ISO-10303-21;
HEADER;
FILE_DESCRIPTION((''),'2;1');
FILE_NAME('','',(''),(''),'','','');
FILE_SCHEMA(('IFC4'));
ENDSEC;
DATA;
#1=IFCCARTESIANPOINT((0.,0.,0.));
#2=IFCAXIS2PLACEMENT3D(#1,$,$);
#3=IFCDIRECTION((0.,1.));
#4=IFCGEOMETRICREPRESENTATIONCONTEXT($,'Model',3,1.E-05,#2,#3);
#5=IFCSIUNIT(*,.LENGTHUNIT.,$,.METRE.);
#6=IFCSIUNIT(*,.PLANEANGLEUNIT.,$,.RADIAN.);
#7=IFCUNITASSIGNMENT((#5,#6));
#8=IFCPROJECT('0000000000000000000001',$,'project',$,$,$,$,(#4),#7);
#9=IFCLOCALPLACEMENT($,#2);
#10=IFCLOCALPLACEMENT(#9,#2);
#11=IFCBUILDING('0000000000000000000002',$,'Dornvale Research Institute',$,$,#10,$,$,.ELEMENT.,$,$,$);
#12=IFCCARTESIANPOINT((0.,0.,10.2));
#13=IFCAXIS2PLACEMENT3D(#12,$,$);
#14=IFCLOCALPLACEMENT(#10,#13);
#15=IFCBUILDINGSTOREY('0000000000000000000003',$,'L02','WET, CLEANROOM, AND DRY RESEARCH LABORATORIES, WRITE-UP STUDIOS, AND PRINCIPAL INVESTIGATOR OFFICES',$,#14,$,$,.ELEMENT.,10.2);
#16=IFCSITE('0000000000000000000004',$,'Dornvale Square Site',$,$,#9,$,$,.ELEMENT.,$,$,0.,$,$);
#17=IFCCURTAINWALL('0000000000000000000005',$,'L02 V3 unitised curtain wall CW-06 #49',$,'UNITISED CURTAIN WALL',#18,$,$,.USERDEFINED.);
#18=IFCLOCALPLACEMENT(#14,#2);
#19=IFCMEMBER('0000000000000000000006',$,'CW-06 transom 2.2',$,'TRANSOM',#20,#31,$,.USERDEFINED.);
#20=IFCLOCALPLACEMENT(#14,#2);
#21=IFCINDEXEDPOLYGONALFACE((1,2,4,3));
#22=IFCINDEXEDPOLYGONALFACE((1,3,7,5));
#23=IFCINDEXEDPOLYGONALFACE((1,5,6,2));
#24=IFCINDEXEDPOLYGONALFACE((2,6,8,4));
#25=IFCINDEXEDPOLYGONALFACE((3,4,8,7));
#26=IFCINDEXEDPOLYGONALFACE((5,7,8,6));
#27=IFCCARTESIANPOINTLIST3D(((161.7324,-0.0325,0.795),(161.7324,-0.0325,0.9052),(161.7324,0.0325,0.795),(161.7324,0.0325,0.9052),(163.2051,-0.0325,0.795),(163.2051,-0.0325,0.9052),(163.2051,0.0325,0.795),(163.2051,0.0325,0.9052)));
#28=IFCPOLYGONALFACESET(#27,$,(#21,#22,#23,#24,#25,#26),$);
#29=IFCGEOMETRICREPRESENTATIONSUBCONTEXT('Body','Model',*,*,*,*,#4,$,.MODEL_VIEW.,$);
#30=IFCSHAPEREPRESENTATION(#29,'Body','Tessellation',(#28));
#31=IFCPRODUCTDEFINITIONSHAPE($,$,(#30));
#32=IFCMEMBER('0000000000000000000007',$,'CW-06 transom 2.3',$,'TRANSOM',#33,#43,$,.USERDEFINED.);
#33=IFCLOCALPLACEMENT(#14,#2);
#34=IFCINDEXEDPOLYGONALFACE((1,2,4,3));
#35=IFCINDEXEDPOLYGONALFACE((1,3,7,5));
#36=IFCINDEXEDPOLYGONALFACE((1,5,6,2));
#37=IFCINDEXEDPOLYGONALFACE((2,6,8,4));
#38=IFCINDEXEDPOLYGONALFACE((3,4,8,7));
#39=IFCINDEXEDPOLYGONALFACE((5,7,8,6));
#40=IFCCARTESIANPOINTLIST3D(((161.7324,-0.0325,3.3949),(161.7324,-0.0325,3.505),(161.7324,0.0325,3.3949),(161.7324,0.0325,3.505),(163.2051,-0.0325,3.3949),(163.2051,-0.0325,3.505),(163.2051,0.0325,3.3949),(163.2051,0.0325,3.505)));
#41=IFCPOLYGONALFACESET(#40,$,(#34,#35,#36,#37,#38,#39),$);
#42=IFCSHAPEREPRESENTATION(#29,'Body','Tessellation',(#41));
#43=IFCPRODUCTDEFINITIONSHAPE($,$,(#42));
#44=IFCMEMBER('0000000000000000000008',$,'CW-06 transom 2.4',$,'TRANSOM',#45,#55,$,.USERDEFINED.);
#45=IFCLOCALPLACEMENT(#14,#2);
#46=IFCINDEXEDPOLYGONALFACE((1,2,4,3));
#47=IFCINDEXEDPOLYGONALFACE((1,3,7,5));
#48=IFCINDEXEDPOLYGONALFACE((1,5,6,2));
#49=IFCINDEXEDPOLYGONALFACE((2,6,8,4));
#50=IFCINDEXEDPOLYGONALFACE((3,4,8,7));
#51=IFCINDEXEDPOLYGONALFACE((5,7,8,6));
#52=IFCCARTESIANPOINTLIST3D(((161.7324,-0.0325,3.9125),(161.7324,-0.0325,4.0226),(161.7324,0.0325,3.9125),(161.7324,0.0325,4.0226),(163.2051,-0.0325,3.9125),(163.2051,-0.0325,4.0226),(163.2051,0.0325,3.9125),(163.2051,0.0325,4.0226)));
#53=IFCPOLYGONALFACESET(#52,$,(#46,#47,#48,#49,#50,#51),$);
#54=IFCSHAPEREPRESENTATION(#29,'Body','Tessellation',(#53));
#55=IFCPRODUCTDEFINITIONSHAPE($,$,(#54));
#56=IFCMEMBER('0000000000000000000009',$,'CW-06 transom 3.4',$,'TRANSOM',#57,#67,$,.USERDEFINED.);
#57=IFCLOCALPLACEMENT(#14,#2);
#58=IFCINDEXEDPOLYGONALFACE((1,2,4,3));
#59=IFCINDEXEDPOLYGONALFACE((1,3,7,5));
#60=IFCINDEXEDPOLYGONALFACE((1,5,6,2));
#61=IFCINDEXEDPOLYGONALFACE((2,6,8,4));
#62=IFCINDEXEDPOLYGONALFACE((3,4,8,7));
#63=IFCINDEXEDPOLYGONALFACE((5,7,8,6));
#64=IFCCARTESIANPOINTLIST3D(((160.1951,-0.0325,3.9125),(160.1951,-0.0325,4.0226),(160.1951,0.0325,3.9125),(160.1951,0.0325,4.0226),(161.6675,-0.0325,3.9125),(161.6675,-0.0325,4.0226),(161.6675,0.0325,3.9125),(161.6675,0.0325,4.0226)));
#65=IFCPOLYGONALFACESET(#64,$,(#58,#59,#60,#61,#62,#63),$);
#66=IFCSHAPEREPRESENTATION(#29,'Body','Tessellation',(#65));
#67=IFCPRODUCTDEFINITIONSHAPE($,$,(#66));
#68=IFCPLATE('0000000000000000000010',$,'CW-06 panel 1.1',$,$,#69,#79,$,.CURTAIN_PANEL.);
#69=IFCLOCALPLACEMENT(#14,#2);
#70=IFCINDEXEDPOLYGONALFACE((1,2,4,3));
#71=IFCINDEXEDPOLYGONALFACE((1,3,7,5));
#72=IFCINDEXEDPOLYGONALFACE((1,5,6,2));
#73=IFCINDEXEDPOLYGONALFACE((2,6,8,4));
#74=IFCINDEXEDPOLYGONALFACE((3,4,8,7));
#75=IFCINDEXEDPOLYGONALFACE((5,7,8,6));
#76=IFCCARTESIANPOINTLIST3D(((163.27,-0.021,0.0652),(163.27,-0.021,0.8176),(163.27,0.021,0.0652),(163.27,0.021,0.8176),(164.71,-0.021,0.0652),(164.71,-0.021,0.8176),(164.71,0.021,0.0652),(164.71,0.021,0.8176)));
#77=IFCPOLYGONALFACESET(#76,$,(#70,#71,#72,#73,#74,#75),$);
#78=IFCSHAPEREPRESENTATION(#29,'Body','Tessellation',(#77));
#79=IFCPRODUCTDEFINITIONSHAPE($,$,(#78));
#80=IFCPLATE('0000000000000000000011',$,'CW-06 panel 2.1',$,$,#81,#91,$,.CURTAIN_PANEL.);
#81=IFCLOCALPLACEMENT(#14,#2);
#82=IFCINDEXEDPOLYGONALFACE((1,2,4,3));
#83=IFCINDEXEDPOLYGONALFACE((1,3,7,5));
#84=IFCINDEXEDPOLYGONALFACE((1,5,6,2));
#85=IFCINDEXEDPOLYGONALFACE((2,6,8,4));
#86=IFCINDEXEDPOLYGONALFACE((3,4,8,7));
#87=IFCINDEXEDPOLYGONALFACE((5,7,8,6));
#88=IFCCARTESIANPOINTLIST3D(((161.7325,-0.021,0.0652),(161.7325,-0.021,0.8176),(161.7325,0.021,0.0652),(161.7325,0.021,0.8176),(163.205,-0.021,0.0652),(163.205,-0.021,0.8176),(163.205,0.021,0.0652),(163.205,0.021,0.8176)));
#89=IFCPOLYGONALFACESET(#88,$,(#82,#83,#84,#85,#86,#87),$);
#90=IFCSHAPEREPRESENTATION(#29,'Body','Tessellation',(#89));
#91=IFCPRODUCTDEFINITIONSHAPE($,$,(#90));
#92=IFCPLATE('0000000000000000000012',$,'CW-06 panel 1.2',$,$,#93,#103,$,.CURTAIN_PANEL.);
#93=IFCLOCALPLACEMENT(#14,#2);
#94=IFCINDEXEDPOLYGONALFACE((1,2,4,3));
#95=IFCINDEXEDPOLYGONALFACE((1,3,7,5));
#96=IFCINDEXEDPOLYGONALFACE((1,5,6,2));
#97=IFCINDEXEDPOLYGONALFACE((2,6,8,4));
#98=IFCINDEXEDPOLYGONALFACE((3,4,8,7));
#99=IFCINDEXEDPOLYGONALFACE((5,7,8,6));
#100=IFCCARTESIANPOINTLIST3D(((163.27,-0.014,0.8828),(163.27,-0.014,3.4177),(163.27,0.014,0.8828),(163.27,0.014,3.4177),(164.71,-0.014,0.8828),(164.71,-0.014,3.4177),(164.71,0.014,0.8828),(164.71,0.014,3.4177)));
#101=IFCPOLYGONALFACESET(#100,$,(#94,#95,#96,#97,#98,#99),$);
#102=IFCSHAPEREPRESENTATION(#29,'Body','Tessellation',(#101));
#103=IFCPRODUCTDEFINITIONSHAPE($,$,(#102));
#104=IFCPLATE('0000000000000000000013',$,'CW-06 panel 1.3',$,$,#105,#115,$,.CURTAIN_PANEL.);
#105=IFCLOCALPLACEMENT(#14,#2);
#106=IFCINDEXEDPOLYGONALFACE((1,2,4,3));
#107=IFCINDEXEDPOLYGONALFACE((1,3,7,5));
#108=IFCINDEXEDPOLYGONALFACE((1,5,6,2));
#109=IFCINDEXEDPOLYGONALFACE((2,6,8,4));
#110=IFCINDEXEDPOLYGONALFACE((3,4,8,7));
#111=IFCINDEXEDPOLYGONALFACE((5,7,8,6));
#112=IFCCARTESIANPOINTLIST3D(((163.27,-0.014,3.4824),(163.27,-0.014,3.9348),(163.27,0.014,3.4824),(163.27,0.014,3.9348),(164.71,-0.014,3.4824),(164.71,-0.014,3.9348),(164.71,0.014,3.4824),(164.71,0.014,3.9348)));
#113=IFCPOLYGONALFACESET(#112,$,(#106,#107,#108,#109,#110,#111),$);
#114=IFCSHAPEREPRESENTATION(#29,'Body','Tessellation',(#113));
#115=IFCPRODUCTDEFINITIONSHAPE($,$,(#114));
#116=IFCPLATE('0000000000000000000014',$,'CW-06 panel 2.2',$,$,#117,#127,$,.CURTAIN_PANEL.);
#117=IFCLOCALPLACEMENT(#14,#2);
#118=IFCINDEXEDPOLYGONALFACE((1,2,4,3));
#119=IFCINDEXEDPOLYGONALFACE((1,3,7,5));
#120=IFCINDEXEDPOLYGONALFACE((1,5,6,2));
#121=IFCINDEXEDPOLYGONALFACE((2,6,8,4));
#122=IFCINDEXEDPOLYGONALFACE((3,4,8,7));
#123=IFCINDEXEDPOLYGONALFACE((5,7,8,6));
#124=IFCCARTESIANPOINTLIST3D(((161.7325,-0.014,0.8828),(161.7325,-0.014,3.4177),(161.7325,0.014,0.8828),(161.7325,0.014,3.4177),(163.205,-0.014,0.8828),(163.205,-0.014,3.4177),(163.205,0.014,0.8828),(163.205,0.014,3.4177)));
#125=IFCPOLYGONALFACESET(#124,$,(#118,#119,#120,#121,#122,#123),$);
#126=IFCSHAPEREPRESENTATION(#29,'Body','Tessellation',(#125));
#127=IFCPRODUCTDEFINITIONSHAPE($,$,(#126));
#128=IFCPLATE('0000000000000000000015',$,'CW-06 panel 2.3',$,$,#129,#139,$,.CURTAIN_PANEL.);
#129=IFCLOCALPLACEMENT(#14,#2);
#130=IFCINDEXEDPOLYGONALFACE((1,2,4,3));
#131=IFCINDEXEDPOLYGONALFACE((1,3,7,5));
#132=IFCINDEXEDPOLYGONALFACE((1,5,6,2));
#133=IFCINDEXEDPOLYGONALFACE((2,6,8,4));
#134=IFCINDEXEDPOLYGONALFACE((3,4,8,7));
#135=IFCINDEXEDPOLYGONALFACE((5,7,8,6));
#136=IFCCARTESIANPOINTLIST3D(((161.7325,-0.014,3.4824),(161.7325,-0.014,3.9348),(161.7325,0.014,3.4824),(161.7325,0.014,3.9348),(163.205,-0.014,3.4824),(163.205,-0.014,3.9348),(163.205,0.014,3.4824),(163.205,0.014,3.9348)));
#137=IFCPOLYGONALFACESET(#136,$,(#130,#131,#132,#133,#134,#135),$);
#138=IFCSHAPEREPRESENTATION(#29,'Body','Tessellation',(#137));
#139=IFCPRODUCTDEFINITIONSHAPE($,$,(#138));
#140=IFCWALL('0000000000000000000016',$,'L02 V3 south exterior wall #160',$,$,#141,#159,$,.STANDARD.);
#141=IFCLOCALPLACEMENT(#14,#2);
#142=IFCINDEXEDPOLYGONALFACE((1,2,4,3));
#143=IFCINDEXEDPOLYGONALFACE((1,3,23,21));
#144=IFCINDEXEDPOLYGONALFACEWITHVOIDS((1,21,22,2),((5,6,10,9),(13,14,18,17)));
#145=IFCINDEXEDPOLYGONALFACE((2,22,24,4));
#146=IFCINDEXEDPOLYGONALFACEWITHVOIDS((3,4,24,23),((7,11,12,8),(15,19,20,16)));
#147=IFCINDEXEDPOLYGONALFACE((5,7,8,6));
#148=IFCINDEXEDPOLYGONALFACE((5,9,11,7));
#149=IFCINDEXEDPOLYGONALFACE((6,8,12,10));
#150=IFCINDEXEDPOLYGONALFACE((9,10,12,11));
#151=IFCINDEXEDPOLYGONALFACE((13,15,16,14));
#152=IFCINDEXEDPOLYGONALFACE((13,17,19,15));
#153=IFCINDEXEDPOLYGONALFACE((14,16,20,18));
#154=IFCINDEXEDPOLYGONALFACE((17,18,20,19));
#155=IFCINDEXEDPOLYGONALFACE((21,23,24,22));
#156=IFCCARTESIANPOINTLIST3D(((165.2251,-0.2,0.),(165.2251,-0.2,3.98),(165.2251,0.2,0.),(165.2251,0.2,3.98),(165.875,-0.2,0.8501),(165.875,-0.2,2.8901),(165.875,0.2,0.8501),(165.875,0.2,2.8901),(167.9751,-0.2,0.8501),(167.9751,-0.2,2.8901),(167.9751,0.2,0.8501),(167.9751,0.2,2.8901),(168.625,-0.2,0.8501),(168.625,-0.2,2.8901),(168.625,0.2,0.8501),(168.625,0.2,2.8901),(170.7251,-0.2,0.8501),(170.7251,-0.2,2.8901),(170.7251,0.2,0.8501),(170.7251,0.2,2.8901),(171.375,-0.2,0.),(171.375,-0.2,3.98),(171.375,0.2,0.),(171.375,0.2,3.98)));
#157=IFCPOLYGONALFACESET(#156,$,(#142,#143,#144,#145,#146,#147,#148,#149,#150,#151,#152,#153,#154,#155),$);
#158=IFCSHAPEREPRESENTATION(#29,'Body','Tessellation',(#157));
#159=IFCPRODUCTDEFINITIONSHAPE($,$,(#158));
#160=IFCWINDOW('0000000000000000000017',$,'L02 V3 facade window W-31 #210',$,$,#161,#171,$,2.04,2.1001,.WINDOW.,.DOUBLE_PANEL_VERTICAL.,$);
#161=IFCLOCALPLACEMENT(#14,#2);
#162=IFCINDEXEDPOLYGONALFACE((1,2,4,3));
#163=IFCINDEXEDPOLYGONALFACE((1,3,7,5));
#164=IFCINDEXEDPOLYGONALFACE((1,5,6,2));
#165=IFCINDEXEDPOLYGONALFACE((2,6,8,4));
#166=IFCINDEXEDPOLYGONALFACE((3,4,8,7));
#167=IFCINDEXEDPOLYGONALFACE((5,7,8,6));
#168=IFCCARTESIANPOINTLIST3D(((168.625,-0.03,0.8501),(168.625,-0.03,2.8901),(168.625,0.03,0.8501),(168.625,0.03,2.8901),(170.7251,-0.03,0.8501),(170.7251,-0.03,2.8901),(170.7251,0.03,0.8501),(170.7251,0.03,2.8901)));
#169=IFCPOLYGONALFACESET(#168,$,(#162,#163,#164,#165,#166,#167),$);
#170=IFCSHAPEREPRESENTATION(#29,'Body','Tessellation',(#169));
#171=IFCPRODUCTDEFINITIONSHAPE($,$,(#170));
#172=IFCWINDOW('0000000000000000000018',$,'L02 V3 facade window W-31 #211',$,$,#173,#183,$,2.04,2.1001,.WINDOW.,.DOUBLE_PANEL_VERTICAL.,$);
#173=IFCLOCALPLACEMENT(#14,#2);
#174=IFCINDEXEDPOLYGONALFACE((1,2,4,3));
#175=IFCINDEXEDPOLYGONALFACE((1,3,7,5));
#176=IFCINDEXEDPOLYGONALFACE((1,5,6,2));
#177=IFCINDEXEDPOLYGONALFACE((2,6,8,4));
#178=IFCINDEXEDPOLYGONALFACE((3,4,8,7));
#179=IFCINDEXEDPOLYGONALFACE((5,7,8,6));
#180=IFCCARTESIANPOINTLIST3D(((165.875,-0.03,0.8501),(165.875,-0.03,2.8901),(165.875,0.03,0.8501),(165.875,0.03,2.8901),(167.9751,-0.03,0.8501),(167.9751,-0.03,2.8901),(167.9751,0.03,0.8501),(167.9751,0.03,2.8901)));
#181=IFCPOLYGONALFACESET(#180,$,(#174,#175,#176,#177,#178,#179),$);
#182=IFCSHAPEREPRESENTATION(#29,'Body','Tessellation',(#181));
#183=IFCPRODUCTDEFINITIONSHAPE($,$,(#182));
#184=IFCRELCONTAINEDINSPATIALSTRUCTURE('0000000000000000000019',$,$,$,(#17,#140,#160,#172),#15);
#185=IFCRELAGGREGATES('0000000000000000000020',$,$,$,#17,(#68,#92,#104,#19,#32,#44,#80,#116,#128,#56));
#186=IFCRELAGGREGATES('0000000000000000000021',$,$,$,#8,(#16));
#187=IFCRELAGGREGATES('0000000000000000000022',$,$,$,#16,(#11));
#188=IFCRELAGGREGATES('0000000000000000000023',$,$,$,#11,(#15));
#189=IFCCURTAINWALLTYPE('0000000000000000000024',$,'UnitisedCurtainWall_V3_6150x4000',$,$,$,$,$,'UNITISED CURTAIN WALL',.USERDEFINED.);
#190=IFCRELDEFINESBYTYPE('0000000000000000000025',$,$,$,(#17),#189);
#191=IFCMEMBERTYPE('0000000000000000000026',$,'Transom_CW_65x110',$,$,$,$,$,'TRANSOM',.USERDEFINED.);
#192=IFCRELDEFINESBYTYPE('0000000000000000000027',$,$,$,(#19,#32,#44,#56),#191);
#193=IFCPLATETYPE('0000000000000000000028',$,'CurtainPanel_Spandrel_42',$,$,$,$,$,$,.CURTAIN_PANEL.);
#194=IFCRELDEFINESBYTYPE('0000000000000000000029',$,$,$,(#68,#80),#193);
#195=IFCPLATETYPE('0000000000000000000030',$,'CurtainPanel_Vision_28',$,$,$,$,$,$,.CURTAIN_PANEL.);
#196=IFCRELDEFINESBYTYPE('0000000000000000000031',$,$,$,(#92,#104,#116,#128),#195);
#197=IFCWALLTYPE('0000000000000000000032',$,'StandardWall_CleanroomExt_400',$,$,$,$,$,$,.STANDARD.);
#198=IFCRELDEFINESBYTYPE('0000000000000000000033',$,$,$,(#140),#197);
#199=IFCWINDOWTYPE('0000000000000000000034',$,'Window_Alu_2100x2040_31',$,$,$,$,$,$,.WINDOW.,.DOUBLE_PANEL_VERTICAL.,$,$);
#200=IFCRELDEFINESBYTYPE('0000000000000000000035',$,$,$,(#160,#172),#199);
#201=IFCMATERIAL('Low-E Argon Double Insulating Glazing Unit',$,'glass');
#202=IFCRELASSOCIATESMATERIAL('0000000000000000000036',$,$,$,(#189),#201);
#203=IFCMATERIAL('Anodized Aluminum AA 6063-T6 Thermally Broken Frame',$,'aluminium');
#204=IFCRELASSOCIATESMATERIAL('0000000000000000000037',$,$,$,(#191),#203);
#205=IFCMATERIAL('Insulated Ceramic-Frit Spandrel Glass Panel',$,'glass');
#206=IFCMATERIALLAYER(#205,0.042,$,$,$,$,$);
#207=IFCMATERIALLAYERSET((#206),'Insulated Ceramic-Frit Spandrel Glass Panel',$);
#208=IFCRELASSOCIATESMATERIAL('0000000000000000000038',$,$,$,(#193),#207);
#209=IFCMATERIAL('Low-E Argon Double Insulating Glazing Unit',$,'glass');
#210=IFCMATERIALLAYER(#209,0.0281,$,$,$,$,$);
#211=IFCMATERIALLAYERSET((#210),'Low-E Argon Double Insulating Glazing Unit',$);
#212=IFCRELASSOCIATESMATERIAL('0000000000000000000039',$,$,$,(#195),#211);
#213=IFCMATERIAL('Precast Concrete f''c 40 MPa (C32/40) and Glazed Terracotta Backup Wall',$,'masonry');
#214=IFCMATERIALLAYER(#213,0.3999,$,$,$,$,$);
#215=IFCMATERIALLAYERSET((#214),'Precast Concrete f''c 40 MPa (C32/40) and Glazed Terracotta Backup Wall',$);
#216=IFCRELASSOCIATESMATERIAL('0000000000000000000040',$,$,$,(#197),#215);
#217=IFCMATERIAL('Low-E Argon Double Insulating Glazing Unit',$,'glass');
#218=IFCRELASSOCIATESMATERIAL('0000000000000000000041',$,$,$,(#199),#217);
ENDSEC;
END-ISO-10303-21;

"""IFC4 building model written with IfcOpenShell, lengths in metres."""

from ifc_helpers import new_model, si_unit, direction, frame, frame_2d, origin, origin_2d, place, context, subcontext, project, spatial, rectangle, extrude, material, layer, layer_set, material_profile, profile_set, type_object, element, fill, aggregate, save


model = new_model("IFC4")

# Units and contexts
model_context = context("Model", 3, precision=1e-05, world=origin(), true_north=direction((0.0, 1.0)))
body_context = subcontext(model_context, "Body", "Model", "MODEL_VIEW")
ifc_project = project(units=[si_unit("LENGTHUNIT", "METRE"), si_unit("PLANEANGLEUNIT", "RADIAN")], contexts=[model_context])

# Site, building, storey
site_placement = place(None, origin())
site = spatial("IfcSite", under=ifc_project, at=site_placement, Name="Dornvale Square Site", CompositionType="ELEMENT", RefElevation=0.0)
building_placement = place(site_placement, origin())
building = spatial("IfcBuilding", under=site, at=building_placement, Name="Dornvale Research Institute", CompositionType="ELEMENT")
storey_placement = place(building_placement, frame((0.0, 0.0, 10.2)))
storey = spatial("IfcBuildingStorey", under=building, at=storey_placement, Name="L02", Description="WET, CLEANROOM, AND DRY RESEARCH LABORATORIES, WRITE-UP STUDIOS, AND PRINCIPAL INVESTIGATOR OFFICES", CompositionType="ELEMENT", Elevation=10.2)

# Curtain wall
ifc_material_1 = material(Name="Low-E Argon Double Insulating Glazing Unit", Category="glass")
curtain_wall_type_1 = type_object("IfcCurtainWallType", Name="UnitisedCurtainWall_V3_6150x4000", ElementType="UNITISED CURTAIN WALL", PredefinedType="USERDEFINED", material=ifc_material_1)
curtain_wall_1_placement = place(storey_placement, origin())
curtain_wall_1 = element("IfcCurtainWall", 1, at=curtain_wall_1_placement, inside=storey, type_object=curtain_wall_type_1, Name="L02 V3 unitised curtain wall CW-06 #49", ObjectType="UNITISED CURTAIN WALL", PredefinedType="USERDEFINED")

# Members
ifc_material_2 = material(Name="Anodized Aluminum AA 6063-T6 Thermally Broken Frame", Category="aluminium")
ifc_material_profile_1 = material_profile(ifc_material_2, rectangle(XDim=0.0649, YDim=0.1101, at=origin_2d()), Name="ALU TRANSOM 65x110")
ifc_profile_set_1 = profile_set([ifc_material_profile_1], Name="Anodized Aluminum AA 6063-T6 Thermally Broken Frame")
member_type_1 = type_object("IfcMemberType", Name="Transom_CW_65x110", ElementType="TRANSOM", PredefinedType="USERDEFINED", material=ifc_profile_set_1)
member_1_placement = place(storey_placement, frame((163.2051, 0.0, 0.8501), z_axis=(-1.0, 0.0, 0.0), x_axis=(0.0, -1.0, 0.0)))
member_1 = element("IfcMember", 2, at=member_1_placement, type_object=member_type_1, Name="CW-06 transom 2.2", ObjectType="TRANSOM", PredefinedType="USERDEFINED", context=body_context, shape_type="SweptSolid", body=[
    extrude(rectangle(XDim=0.0649, YDim=0.1101, at=origin_2d()), origin(), (0.0, 0.0, 1.0), 1.4727),
])
member_2_placement = place(storey_placement, frame((163.2051, 0.0, 3.45), z_axis=(-1.0, 0.0, 0.0), x_axis=(0.0, -1.0, 0.0)))
member_2 = element("IfcMember", 3, at=member_2_placement, type_object=member_type_1, Name="CW-06 transom 2.3", ObjectType="TRANSOM", PredefinedType="USERDEFINED", context=body_context, shape_type="SweptSolid", body=[
    extrude(rectangle(XDim=0.0649, YDim=0.1101, at=origin_2d()), origin(), (0.0, 0.0, 1.0), 1.4727),
])
member_3_placement = place(storey_placement, frame((163.2051, 0.0, 3.9675), z_axis=(-1.0, 0.0, 0.0), x_axis=(0.0, -1.0, 0.0)))
member_3 = element("IfcMember", 4, at=member_3_placement, type_object=member_type_1, Name="CW-06 transom 2.4", ObjectType="TRANSOM", PredefinedType="USERDEFINED", context=body_context, shape_type="SweptSolid", body=[
    extrude(rectangle(XDim=0.0649, YDim=0.1101, at=origin_2d()), origin(), (0.0, 0.0, 1.0), 1.4727),
])
member_4_placement = place(storey_placement, frame((161.6675, 0.0, 3.9675), z_axis=(-1.0, 0.0, 0.0), x_axis=(0.0, -1.0, 0.0)))
member_4 = element("IfcMember", 5, at=member_4_placement, type_object=member_type_1, Name="CW-06 transom 3.4", ObjectType="TRANSOM", PredefinedType="USERDEFINED", context=body_context, shape_type="SweptSolid", body=[
    extrude(rectangle(XDim=0.0649, YDim=0.1101, at=origin_2d()), origin(), (0.0, 0.0, 1.0), 1.4724),
])

# Plates
ifc_material_3 = material(Name="Insulated Ceramic-Frit Spandrel Glass Panel", Category="glass")
ifc_layer_1 = layer(ifc_material_3, 0.042)
ifc_layer_set_1 = layer_set([ifc_layer_1], Name="Insulated Ceramic-Frit Spandrel Glass Panel")
plate_type_1 = type_object("IfcPlateType", Name="CurtainPanel_Spandrel_42", PredefinedType="CURTAIN_PANEL", material=ifc_layer_set_1)
plate_1_placement = place(storey_placement, frame((163.99, 0.0, 0.0652), z_axis=(0.0, 0.0, 1.0), x_axis=(-1.0, 0.0, 0.0)))
plate_1 = element("IfcPlate", 6, at=plate_1_placement, type_object=plate_type_1, Name="CW-06 panel 1.1", PredefinedType="CURTAIN_PANEL", context=body_context, shape_type="SweptSolid", body=[
    extrude(rectangle(XDim=1.4399, YDim=0.042, at=origin_2d()), origin(), (0.0, 0.0, 1.0), 0.7524),
])
plate_2_placement = place(storey_placement, frame((162.4688, 0.0, 0.0652), z_axis=(0.0, 0.0, 1.0), x_axis=(-1.0, 0.0, 0.0)))
plate_2 = element("IfcPlate", 7, at=plate_2_placement, type_object=plate_type_1, Name="CW-06 panel 2.1", PredefinedType="CURTAIN_PANEL", context=body_context, shape_type="SweptSolid", body=[
    extrude(rectangle(XDim=1.4724, YDim=0.042, at=origin_2d()), origin(), (0.0, 0.0, 1.0), 0.7524),
])
ifc_material_4 = material(Name="Low-E Argon Double Insulating Glazing Unit", Category="glass")
ifc_layer_2 = layer(ifc_material_4, 0.0281)
ifc_layer_set_2 = layer_set([ifc_layer_2], Name="Low-E Argon Double Insulating Glazing Unit")
plate_type_2 = type_object("IfcPlateType", Name="CurtainPanel_Vision_28", PredefinedType="CURTAIN_PANEL", material=ifc_layer_set_2)
plate_3_placement = place(storey_placement, frame((163.99, 0.0, 0.8828), z_axis=(0.0, 0.0, 1.0), x_axis=(-1.0, 0.0, 0.0)))
plate_3 = element("IfcPlate", 8, at=plate_3_placement, type_object=plate_type_2, Name="CW-06 panel 1.2", PredefinedType="CURTAIN_PANEL", context=body_context, shape_type="SweptSolid", body=[
    extrude(rectangle(XDim=1.4399, YDim=0.0281, at=origin_2d()), origin(), (0.0, 0.0, 1.0), 2.5349),
])
plate_4_placement = place(storey_placement, frame((163.99, 0.0, 3.4824), z_axis=(0.0, 0.0, 1.0), x_axis=(-1.0, 0.0, 0.0)))
plate_4 = element("IfcPlate", 9, at=plate_4_placement, type_object=plate_type_2, Name="CW-06 panel 1.3", PredefinedType="CURTAIN_PANEL", context=body_context, shape_type="SweptSolid", body=[
    extrude(rectangle(XDim=1.4399, YDim=0.0281, at=origin_2d()), origin(), (0.0, 0.0, 1.0), 0.4524),
])
plate_5_placement = place(storey_placement, frame((162.4688, 0.0, 0.8828), z_axis=(0.0, 0.0, 1.0), x_axis=(-1.0, 0.0, 0.0)))
plate_5 = element("IfcPlate", 10, at=plate_5_placement, type_object=plate_type_2, Name="CW-06 panel 2.2", PredefinedType="CURTAIN_PANEL", context=body_context, shape_type="SweptSolid", body=[
    extrude(rectangle(XDim=1.4724, YDim=0.0281, at=origin_2d()), origin(), (0.0, 0.0, 1.0), 2.5349),
])
plate_6_placement = place(storey_placement, frame((162.4688, 0.0, 3.4824), z_axis=(0.0, 0.0, 1.0), x_axis=(-1.0, 0.0, 0.0)))
plate_6 = element("IfcPlate", 11, at=plate_6_placement, type_object=plate_type_2, Name="CW-06 panel 2.3", PredefinedType="CURTAIN_PANEL", context=body_context, shape_type="SweptSolid", body=[
    extrude(rectangle(XDim=1.4724, YDim=0.0281, at=origin_2d()), origin(), (0.0, 0.0, 1.0), 0.4524),
])
aggregate(curtain_wall_1, [plate_1, plate_3, plate_4, member_1, member_2, member_3, plate_2, plate_5, plate_6, member_4])

# Wall, openings, windows
ifc_material_5 = material(Name="Precast Concrete f'c 40 MPa (C32/40) and Glazed Terracotta Backup Wall", Category="masonry")
ifc_layer_3 = layer(ifc_material_5, 0.3999)
ifc_layer_set_3 = layer_set([ifc_layer_3], Name="Precast Concrete f'c 40 MPa (C32/40) and Glazed Terracotta Backup Wall")
wall_type = type_object("IfcWallType", Name="StandardWall_CleanroomExt_400", PredefinedType="STANDARD", material=ifc_layer_set_3)
wall_placement = place(storey_placement, frame((171.375, 0.0, 0.0), z_axis=(0.0, 0.0, 1.0), x_axis=(-1.0, 0.0, 0.0)))
wall = element("IfcWall", 12, at=wall_placement, inside=storey, type_object=wall_type, Name="L02 V3 south exterior wall #160", PredefinedType="STANDARD", context=body_context, shape_type="SweptSolid", body=[
    extrude(rectangle(XDim=6.1499, YDim=0.3999, at=frame_2d((3.075, 0.0))), origin(), (0.0, 0.0, 1.0), 3.98),
])
opening_1_placement = place(wall_placement, frame((0.6499, 0.0, 0.8501)))
opening_1 = element("IfcOpeningElement", 13, at=opening_1_placement, cuts=wall, PredefinedType="OPENING", context=body_context, shape_type="SweptSolid", body=[
    extrude(rectangle(XDim=2.1001, YDim=2.04, at=frame_2d((1.05, 1.02))), frame((0.0, 0.2148, 0.0), z_axis=(0.0, -1.0, 0.0), x_axis=(1.0, 0.0, 0.0)), (0.0, 0.0, 1.0), 0.4299),
])
opening_2_placement = place(wall_placement, frame((3.3999, 0.0, 0.8501)))
opening_2 = element("IfcOpeningElement", 14, at=opening_2_placement, cuts=wall, PredefinedType="OPENING", context=body_context, shape_type="SweptSolid", body=[
    extrude(rectangle(XDim=2.1001, YDim=2.04, at=frame_2d((1.05, 1.02))), frame((0.0, 0.2148, 0.0), z_axis=(0.0, -1.0, 0.0), x_axis=(1.0, 0.0, 0.0)), (0.0, 0.0, 1.0), 0.4299),
])
ifc_material_6 = material(Name="Low-E Argon Double Insulating Glazing Unit", Category="glass")
window_type = type_object("IfcWindowType", Name="Window_Alu_2100x2040_31", PartitioningType="DOUBLE_PANEL_VERTICAL", PredefinedType="WINDOW", material=ifc_material_6)
window_1_placement = place(opening_1_placement, origin())
window_1 = element("IfcWindow", 15, at=window_1_placement, inside=storey, type_object=window_type, Name="L02 V3 facade window W-31 #210", OverallHeight=2.04, OverallWidth=2.1001, PartitioningType="DOUBLE_PANEL_VERTICAL", PredefinedType="WINDOW", context=body_context, shape_type="SweptSolid", body=[
    extrude(rectangle(XDim=2.1001, YDim=2.04, at=frame_2d((1.05, 1.02))), frame((0.0, 0.03, 0.0), z_axis=(0.0, -1.0, 0.0), x_axis=(1.0, 0.0, 0.0)), (0.0, 0.0, 1.0), 0.0601),
])
fill(opening_1, window_1)
window_2_placement = place(opening_2_placement, origin())
window_2 = element("IfcWindow", 16, at=window_2_placement, inside=storey, type_object=window_type, Name="L02 V3 facade window W-31 #211", OverallHeight=2.04, OverallWidth=2.1001, PartitioningType="DOUBLE_PANEL_VERTICAL", PredefinedType="WINDOW", context=body_context, shape_type="SweptSolid", body=[
    extrude(rectangle(XDim=2.1001, YDim=2.04, at=frame_2d((1.05, 1.02))), frame((0.0, 0.03, 0.0), z_axis=(0.0, -1.0, 0.0), x_axis=(1.0, 0.0, 0.0)), (0.0, 0.0, 1.0), 0.0601),
])
fill(opening_2, window_2)

save(model, "model.ifc")
